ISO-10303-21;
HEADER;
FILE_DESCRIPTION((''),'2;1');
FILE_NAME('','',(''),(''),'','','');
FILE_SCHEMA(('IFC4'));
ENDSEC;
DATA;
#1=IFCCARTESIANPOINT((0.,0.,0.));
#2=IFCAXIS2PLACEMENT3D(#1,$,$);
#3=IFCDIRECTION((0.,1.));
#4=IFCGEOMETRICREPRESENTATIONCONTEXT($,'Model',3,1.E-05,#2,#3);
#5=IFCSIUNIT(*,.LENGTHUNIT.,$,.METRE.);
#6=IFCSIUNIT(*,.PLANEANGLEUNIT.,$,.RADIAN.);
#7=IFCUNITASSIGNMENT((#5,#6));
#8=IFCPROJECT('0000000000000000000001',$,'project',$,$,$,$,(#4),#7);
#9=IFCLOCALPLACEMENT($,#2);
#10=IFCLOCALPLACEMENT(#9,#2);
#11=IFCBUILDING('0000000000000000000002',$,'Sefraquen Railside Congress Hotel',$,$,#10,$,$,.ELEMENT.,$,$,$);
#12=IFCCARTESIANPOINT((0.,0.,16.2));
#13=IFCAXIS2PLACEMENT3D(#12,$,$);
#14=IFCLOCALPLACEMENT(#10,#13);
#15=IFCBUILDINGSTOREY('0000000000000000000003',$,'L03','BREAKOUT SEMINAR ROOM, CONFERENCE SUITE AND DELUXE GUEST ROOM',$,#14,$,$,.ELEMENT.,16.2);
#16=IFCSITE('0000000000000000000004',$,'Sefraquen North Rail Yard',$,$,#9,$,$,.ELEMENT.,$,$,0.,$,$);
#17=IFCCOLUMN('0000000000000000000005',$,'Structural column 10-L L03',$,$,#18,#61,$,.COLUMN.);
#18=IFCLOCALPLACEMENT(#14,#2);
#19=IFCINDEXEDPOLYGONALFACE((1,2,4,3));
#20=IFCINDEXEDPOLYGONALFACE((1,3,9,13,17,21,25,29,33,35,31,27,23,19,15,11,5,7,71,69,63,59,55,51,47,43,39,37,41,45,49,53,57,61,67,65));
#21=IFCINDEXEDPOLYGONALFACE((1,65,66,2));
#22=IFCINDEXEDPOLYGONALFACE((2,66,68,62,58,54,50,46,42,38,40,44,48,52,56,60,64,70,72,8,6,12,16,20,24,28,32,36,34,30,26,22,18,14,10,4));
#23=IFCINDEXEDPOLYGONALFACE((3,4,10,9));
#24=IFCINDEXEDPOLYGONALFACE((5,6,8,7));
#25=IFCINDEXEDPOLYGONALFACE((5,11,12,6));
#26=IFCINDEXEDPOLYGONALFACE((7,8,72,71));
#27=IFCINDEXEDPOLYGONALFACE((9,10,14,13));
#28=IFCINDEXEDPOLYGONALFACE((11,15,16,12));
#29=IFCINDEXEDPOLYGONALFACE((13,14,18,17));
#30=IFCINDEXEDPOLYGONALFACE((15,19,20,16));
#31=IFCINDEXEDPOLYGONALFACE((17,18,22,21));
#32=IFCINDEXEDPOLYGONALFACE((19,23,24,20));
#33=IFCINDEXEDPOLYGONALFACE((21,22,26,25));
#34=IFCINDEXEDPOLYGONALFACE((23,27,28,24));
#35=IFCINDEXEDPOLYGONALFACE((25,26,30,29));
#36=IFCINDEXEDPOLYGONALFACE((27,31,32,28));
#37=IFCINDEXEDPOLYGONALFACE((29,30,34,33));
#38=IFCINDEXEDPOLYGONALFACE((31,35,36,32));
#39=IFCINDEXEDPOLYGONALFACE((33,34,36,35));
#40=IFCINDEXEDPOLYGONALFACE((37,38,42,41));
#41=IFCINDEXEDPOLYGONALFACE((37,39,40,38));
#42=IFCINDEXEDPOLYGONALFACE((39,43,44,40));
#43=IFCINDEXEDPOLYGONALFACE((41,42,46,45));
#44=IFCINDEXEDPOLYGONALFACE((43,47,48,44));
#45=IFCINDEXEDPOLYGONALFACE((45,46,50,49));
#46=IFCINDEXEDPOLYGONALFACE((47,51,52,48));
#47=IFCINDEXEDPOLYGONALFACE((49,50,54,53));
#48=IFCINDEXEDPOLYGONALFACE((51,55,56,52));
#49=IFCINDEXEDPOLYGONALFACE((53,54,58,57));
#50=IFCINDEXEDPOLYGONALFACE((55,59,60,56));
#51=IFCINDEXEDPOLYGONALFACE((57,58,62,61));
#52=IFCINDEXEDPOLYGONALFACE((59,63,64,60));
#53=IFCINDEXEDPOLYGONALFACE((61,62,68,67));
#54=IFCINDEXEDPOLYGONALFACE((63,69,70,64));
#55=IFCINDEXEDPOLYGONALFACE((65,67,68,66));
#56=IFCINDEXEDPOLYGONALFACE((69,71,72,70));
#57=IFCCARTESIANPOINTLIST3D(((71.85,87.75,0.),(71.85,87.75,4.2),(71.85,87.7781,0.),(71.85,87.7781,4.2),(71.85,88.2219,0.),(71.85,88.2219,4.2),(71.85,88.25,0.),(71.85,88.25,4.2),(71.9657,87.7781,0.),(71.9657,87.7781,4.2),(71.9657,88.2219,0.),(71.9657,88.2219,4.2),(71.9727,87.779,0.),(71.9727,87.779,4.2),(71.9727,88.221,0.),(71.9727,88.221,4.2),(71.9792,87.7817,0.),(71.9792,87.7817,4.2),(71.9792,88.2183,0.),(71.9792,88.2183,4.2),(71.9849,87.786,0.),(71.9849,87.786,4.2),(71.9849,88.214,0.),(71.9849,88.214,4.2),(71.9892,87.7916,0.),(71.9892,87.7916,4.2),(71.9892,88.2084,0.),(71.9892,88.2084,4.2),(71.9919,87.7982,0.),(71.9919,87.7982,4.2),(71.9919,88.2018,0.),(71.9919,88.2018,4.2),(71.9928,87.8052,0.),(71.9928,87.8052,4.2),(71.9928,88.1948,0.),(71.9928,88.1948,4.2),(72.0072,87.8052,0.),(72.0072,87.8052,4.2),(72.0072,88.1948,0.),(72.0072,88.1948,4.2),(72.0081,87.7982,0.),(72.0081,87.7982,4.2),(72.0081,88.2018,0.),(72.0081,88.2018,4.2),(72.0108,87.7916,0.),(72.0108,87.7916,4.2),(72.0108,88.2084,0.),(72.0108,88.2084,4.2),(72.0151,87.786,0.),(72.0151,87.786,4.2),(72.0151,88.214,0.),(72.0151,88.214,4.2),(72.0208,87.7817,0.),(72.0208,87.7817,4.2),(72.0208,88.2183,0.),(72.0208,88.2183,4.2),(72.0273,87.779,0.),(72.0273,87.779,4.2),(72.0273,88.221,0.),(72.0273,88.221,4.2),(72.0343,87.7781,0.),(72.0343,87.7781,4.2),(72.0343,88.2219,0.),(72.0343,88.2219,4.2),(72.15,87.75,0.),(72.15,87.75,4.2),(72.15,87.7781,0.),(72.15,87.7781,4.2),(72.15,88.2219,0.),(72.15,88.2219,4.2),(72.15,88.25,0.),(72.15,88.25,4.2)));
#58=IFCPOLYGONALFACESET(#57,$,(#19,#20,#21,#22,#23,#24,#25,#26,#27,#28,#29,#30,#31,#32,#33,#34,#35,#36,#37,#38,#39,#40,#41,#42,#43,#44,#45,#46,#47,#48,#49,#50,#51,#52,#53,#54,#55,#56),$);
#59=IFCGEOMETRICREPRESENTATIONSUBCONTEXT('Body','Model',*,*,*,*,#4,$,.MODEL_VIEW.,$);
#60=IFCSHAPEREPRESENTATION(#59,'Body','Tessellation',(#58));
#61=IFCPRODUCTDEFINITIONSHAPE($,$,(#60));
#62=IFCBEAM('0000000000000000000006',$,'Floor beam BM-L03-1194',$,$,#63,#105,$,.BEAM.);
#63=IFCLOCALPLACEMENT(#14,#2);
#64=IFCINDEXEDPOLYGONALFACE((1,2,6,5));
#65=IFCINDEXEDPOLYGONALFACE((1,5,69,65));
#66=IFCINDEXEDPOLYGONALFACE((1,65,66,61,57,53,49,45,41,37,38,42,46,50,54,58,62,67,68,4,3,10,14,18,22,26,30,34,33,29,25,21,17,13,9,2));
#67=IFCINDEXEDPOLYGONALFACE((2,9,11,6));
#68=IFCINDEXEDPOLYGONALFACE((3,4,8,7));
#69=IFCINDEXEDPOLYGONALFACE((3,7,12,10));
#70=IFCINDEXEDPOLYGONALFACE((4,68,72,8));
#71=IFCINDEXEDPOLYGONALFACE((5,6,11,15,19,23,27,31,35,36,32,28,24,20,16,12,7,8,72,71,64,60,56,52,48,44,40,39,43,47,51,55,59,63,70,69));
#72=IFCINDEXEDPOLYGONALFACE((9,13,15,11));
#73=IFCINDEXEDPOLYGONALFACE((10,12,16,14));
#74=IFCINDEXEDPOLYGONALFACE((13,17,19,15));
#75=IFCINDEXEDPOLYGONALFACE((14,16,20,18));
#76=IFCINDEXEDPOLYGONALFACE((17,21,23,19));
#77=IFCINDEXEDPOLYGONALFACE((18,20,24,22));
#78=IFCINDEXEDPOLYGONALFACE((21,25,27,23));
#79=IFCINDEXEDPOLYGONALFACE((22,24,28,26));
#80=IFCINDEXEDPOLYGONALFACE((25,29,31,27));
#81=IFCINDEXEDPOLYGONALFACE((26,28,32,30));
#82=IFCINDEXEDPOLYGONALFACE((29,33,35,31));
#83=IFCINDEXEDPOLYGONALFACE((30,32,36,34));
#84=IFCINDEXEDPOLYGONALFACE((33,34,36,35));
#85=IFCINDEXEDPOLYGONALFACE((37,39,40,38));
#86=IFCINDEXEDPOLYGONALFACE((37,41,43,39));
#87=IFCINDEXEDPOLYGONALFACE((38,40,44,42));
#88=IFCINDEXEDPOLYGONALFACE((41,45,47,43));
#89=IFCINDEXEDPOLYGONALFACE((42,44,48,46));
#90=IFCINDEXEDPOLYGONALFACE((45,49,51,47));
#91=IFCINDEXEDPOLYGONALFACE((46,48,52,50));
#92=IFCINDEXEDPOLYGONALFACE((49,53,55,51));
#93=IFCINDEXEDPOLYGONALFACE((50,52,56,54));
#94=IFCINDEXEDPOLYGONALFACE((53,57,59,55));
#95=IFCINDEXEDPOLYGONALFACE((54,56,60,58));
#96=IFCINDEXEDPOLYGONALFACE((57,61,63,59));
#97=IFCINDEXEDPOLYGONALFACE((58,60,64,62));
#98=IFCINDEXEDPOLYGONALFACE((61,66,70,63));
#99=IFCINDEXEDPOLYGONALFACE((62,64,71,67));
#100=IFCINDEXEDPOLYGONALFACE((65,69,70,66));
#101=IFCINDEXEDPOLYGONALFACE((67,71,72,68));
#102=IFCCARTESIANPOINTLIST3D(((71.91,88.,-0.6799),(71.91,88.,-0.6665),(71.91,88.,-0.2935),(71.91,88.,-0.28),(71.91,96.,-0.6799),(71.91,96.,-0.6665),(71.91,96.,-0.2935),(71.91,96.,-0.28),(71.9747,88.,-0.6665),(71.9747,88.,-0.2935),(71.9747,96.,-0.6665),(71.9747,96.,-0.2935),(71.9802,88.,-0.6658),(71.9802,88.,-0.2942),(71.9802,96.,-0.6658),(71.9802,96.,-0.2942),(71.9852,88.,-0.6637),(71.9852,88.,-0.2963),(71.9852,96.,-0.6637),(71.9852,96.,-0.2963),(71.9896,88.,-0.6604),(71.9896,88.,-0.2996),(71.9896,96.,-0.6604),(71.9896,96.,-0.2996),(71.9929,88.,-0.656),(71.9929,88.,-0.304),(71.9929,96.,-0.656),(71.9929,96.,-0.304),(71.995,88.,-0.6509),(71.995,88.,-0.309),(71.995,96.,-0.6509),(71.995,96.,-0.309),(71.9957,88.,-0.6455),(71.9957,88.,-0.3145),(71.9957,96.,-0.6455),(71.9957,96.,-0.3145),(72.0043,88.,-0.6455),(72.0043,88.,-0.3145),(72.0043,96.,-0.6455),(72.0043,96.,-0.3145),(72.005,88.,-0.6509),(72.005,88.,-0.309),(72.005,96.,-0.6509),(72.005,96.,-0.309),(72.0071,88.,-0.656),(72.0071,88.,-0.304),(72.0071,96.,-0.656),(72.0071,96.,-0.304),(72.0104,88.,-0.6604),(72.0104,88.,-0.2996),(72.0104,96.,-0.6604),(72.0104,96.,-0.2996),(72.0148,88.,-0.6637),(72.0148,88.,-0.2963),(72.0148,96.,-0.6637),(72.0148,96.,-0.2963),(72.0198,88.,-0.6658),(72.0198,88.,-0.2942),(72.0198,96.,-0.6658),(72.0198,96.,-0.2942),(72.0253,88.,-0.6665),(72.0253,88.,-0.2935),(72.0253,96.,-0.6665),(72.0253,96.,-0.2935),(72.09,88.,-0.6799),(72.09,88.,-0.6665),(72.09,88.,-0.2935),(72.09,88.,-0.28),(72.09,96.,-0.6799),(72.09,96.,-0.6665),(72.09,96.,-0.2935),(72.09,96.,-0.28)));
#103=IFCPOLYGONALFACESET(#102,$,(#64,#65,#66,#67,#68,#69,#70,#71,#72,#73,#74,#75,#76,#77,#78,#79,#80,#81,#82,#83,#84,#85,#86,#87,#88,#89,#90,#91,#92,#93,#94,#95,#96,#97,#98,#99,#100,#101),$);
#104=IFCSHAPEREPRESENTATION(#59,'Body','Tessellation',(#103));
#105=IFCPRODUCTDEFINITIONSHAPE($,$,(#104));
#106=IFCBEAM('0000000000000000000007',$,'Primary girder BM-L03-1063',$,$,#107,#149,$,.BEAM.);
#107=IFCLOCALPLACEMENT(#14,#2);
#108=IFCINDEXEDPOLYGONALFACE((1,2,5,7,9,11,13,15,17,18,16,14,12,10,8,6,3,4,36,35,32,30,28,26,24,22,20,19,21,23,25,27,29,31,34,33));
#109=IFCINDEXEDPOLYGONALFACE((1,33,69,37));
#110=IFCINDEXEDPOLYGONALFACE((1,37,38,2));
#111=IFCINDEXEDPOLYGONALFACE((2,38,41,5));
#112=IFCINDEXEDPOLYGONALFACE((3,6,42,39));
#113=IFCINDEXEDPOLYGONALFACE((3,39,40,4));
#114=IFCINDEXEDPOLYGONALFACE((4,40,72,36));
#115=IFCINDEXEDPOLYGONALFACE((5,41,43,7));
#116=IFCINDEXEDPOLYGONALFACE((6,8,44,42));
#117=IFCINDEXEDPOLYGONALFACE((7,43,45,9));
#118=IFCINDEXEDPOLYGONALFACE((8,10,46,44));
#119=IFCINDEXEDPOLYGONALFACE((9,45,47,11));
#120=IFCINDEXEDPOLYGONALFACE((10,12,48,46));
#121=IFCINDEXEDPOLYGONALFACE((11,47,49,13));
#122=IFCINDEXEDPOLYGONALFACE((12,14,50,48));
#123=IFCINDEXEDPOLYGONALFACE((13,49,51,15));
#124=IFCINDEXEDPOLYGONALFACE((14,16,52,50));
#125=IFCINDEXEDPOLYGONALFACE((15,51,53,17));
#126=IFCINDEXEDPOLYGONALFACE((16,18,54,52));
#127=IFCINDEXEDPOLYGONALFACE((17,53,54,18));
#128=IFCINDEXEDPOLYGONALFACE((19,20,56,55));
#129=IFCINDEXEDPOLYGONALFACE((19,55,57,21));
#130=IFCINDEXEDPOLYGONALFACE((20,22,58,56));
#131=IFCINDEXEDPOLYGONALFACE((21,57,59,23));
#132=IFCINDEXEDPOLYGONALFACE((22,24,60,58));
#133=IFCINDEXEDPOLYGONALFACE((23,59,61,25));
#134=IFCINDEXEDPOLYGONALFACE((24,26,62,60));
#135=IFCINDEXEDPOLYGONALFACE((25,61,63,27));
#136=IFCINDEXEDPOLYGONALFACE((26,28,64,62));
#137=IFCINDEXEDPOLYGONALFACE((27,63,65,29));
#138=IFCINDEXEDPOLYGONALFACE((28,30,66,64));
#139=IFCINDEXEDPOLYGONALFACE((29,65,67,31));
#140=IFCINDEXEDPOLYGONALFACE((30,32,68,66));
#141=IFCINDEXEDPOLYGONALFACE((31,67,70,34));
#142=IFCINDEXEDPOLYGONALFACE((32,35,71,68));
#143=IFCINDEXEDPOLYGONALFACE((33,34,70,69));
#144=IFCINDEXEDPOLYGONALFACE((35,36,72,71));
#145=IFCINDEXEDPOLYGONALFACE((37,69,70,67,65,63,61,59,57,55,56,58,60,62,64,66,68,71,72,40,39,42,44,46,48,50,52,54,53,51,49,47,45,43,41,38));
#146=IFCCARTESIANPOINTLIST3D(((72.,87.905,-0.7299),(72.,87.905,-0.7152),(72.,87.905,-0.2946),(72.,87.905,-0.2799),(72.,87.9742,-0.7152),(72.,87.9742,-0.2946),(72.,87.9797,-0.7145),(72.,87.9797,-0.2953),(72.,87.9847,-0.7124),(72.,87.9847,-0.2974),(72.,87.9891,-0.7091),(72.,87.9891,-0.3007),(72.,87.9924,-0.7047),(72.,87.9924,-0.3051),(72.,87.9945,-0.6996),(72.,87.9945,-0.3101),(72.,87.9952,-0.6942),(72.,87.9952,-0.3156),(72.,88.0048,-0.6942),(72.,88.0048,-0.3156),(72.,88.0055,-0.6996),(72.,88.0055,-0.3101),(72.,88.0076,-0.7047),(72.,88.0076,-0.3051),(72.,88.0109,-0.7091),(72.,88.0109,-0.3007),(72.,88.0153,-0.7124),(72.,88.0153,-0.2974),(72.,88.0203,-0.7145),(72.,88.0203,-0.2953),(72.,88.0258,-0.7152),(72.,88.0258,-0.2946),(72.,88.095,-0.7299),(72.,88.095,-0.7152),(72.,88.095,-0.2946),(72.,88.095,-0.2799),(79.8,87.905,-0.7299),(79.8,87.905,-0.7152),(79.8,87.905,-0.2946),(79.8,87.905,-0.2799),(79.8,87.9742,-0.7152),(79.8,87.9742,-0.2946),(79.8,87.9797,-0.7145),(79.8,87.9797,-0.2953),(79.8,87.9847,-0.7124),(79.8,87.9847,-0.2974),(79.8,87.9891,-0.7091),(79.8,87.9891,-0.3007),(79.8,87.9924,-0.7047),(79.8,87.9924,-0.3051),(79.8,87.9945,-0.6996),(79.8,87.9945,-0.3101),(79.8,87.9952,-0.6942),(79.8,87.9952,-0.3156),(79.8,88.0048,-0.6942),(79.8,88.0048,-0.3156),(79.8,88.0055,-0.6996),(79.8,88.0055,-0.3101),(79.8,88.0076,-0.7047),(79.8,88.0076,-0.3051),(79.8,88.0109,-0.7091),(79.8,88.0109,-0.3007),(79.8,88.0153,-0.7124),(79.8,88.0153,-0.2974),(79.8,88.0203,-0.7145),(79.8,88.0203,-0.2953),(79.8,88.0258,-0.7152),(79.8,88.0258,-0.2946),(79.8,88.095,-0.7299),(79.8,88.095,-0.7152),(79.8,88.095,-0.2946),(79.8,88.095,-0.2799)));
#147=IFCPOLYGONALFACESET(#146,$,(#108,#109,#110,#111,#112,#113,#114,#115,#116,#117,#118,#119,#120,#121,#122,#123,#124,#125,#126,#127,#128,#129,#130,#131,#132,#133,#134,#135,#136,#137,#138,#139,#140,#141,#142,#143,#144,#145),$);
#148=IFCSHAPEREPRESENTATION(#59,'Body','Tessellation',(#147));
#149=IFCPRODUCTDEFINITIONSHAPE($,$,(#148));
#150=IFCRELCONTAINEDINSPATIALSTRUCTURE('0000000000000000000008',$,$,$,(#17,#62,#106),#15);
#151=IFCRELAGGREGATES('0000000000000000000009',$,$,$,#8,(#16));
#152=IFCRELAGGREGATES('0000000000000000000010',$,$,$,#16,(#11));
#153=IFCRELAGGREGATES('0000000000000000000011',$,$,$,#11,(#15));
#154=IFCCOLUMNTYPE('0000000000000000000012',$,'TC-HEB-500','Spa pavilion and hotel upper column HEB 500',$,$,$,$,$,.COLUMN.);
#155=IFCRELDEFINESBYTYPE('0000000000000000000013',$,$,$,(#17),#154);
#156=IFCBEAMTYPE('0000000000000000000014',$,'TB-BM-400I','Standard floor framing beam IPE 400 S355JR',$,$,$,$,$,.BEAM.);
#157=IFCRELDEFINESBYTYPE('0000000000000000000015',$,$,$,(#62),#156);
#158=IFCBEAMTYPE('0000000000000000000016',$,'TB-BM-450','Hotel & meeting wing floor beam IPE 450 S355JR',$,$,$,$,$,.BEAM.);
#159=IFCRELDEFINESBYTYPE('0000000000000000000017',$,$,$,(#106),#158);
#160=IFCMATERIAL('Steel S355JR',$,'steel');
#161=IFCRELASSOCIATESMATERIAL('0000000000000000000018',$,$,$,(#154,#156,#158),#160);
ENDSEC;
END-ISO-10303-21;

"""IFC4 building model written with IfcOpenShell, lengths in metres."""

from ifc_helpers import new_model, si_unit, direction, frame, origin, origin_2d, place, context, subcontext, project, spatial, i_section, extrude, material, material_profile, profile_set, type_object, element, save


model = new_model("IFC4")

# Units and contexts
model_context = context("Model", 3, precision=1e-05, world=origin(), true_north=direction((0.0, 1.0)))
body_context = subcontext(model_context, "Body", "Model", "MODEL_VIEW")
ifc_project = project(units=[si_unit("LENGTHUNIT", "METRE"), si_unit("PLANEANGLEUNIT", "RADIAN")], contexts=[model_context])

# Site, building, storey
site_placement = place(None, origin())
site = spatial("IfcSite", under=ifc_project, at=site_placement, Name="Sefraquen North Rail Yard", CompositionType="ELEMENT", RefElevation=0.0)
building_placement = place(site_placement, origin())
building = spatial("IfcBuilding", under=site, at=building_placement, Name="Sefraquen Railside Congress Hotel", CompositionType="ELEMENT")
storey_placement = place(building_placement, frame((0.0, 0.0, 16.2)))
storey = spatial("IfcBuildingStorey", under=building, at=storey_placement, Name="L03", Description="BREAKOUT SEMINAR ROOM, CONFERENCE SUITE AND DELUXE GUEST ROOM", CompositionType="ELEMENT", Elevation=16.2)

# Column
ifc_material_1 = material(Name="Steel S355JR", Category="steel")
ifc_material_profile_1 = material_profile(ifc_material_1, i_section(OverallWidth=0.3, OverallDepth=0.5, WebThickness=0.0144, FlangeThickness=0.0281, FilletRadius=0.0271, at=origin_2d()), Name="HEB 500")
ifc_profile_set_1 = profile_set([ifc_material_profile_1], Name="Steel S355JR")
column_type = type_object("IfcColumnType", Name="TC-HEB-500", Description="Spa pavilion and hotel upper column HEB 500", PredefinedType="COLUMN", material=ifc_profile_set_1)
column_placement = place(storey_placement, frame((72.0, 88.0, 0.0), z_axis=(0.0, 0.0, 1.0), x_axis=(1.0, 0.0, 0.0)))
element("IfcColumn", 1, at=column_placement, inside=storey, type_object=column_type, Name="Structural column 10-L L03", PredefinedType="COLUMN", context=body_context, shape_type="SweptSolid", body=[
    extrude(i_section(OverallWidth=0.3, OverallDepth=0.5, WebThickness=0.0144, FlangeThickness=0.0281, FilletRadius=0.0271, at=origin_2d()), origin(), (0.0, 0.0, 1.0), 4.2),
])

# Beams
ifc_material_profile_2 = material_profile(ifc_material_1, i_section(OverallWidth=0.1799, OverallDepth=0.3999, WebThickness=0.0085, FlangeThickness=0.0134, FilletRadius=0.021, at=origin_2d()), Name="IPE 400")
ifc_profile_set_2 = profile_set([ifc_material_profile_2], Name="Steel S355JR")
beam_type_1 = type_object("IfcBeamType", Name="TB-BM-400I", Description="Standard floor framing beam IPE 400 S355JR", PredefinedType="BEAM", material=ifc_profile_set_2)
beam_1_placement = place(storey_placement, frame((72.0, 88.0, -0.48), z_axis=(0.0, 1.0, 0.0), x_axis=(-1.0, 0.0, 0.0)))
element("IfcBeam", 2, at=beam_1_placement, inside=storey, type_object=beam_type_1, Name="Floor beam BM-L03-1194", PredefinedType="BEAM", context=body_context, shape_type="SweptSolid", body=[
    extrude(i_section(OverallWidth=0.1799, OverallDepth=0.3999, WebThickness=0.0085, FlangeThickness=0.0134, FilletRadius=0.021, at=origin_2d()), origin(), (0.0, 0.0, 1.0), 8.0),
])
ifc_material_profile_3 = material_profile(ifc_material_1, i_section(OverallWidth=0.1899, OverallDepth=0.45, WebThickness=0.0095, FlangeThickness=0.0146, FilletRadius=0.021, at=origin_2d()), Name="IPE 450")
ifc_profile_set_3 = profile_set([ifc_material_profile_3], Name="Steel S355JR")
beam_type_2 = type_object("IfcBeamType", Name="TB-BM-450", Description="Hotel & meeting wing floor beam IPE 450 S355JR", PredefinedType="BEAM", material=ifc_profile_set_3)
beam_2_placement = place(storey_placement, frame((72.0, 88.0, -0.5049), z_axis=(1.0, 0.0, 0.0), x_axis=(0.0, 1.0, 0.0)))
element("IfcBeam", 3, at=beam_2_placement, inside=storey, type_object=beam_type_2, Name="Primary girder BM-L03-1063", PredefinedType="BEAM", context=body_context, shape_type="SweptSolid", body=[
    extrude(i_section(OverallWidth=0.1899, OverallDepth=0.45, WebThickness=0.0095, FlangeThickness=0.0146, FilletRadius=0.021, at=origin_2d()), origin(), (0.0, 0.0, 1.0), 7.8),
])

save(model, "model.ifc")
